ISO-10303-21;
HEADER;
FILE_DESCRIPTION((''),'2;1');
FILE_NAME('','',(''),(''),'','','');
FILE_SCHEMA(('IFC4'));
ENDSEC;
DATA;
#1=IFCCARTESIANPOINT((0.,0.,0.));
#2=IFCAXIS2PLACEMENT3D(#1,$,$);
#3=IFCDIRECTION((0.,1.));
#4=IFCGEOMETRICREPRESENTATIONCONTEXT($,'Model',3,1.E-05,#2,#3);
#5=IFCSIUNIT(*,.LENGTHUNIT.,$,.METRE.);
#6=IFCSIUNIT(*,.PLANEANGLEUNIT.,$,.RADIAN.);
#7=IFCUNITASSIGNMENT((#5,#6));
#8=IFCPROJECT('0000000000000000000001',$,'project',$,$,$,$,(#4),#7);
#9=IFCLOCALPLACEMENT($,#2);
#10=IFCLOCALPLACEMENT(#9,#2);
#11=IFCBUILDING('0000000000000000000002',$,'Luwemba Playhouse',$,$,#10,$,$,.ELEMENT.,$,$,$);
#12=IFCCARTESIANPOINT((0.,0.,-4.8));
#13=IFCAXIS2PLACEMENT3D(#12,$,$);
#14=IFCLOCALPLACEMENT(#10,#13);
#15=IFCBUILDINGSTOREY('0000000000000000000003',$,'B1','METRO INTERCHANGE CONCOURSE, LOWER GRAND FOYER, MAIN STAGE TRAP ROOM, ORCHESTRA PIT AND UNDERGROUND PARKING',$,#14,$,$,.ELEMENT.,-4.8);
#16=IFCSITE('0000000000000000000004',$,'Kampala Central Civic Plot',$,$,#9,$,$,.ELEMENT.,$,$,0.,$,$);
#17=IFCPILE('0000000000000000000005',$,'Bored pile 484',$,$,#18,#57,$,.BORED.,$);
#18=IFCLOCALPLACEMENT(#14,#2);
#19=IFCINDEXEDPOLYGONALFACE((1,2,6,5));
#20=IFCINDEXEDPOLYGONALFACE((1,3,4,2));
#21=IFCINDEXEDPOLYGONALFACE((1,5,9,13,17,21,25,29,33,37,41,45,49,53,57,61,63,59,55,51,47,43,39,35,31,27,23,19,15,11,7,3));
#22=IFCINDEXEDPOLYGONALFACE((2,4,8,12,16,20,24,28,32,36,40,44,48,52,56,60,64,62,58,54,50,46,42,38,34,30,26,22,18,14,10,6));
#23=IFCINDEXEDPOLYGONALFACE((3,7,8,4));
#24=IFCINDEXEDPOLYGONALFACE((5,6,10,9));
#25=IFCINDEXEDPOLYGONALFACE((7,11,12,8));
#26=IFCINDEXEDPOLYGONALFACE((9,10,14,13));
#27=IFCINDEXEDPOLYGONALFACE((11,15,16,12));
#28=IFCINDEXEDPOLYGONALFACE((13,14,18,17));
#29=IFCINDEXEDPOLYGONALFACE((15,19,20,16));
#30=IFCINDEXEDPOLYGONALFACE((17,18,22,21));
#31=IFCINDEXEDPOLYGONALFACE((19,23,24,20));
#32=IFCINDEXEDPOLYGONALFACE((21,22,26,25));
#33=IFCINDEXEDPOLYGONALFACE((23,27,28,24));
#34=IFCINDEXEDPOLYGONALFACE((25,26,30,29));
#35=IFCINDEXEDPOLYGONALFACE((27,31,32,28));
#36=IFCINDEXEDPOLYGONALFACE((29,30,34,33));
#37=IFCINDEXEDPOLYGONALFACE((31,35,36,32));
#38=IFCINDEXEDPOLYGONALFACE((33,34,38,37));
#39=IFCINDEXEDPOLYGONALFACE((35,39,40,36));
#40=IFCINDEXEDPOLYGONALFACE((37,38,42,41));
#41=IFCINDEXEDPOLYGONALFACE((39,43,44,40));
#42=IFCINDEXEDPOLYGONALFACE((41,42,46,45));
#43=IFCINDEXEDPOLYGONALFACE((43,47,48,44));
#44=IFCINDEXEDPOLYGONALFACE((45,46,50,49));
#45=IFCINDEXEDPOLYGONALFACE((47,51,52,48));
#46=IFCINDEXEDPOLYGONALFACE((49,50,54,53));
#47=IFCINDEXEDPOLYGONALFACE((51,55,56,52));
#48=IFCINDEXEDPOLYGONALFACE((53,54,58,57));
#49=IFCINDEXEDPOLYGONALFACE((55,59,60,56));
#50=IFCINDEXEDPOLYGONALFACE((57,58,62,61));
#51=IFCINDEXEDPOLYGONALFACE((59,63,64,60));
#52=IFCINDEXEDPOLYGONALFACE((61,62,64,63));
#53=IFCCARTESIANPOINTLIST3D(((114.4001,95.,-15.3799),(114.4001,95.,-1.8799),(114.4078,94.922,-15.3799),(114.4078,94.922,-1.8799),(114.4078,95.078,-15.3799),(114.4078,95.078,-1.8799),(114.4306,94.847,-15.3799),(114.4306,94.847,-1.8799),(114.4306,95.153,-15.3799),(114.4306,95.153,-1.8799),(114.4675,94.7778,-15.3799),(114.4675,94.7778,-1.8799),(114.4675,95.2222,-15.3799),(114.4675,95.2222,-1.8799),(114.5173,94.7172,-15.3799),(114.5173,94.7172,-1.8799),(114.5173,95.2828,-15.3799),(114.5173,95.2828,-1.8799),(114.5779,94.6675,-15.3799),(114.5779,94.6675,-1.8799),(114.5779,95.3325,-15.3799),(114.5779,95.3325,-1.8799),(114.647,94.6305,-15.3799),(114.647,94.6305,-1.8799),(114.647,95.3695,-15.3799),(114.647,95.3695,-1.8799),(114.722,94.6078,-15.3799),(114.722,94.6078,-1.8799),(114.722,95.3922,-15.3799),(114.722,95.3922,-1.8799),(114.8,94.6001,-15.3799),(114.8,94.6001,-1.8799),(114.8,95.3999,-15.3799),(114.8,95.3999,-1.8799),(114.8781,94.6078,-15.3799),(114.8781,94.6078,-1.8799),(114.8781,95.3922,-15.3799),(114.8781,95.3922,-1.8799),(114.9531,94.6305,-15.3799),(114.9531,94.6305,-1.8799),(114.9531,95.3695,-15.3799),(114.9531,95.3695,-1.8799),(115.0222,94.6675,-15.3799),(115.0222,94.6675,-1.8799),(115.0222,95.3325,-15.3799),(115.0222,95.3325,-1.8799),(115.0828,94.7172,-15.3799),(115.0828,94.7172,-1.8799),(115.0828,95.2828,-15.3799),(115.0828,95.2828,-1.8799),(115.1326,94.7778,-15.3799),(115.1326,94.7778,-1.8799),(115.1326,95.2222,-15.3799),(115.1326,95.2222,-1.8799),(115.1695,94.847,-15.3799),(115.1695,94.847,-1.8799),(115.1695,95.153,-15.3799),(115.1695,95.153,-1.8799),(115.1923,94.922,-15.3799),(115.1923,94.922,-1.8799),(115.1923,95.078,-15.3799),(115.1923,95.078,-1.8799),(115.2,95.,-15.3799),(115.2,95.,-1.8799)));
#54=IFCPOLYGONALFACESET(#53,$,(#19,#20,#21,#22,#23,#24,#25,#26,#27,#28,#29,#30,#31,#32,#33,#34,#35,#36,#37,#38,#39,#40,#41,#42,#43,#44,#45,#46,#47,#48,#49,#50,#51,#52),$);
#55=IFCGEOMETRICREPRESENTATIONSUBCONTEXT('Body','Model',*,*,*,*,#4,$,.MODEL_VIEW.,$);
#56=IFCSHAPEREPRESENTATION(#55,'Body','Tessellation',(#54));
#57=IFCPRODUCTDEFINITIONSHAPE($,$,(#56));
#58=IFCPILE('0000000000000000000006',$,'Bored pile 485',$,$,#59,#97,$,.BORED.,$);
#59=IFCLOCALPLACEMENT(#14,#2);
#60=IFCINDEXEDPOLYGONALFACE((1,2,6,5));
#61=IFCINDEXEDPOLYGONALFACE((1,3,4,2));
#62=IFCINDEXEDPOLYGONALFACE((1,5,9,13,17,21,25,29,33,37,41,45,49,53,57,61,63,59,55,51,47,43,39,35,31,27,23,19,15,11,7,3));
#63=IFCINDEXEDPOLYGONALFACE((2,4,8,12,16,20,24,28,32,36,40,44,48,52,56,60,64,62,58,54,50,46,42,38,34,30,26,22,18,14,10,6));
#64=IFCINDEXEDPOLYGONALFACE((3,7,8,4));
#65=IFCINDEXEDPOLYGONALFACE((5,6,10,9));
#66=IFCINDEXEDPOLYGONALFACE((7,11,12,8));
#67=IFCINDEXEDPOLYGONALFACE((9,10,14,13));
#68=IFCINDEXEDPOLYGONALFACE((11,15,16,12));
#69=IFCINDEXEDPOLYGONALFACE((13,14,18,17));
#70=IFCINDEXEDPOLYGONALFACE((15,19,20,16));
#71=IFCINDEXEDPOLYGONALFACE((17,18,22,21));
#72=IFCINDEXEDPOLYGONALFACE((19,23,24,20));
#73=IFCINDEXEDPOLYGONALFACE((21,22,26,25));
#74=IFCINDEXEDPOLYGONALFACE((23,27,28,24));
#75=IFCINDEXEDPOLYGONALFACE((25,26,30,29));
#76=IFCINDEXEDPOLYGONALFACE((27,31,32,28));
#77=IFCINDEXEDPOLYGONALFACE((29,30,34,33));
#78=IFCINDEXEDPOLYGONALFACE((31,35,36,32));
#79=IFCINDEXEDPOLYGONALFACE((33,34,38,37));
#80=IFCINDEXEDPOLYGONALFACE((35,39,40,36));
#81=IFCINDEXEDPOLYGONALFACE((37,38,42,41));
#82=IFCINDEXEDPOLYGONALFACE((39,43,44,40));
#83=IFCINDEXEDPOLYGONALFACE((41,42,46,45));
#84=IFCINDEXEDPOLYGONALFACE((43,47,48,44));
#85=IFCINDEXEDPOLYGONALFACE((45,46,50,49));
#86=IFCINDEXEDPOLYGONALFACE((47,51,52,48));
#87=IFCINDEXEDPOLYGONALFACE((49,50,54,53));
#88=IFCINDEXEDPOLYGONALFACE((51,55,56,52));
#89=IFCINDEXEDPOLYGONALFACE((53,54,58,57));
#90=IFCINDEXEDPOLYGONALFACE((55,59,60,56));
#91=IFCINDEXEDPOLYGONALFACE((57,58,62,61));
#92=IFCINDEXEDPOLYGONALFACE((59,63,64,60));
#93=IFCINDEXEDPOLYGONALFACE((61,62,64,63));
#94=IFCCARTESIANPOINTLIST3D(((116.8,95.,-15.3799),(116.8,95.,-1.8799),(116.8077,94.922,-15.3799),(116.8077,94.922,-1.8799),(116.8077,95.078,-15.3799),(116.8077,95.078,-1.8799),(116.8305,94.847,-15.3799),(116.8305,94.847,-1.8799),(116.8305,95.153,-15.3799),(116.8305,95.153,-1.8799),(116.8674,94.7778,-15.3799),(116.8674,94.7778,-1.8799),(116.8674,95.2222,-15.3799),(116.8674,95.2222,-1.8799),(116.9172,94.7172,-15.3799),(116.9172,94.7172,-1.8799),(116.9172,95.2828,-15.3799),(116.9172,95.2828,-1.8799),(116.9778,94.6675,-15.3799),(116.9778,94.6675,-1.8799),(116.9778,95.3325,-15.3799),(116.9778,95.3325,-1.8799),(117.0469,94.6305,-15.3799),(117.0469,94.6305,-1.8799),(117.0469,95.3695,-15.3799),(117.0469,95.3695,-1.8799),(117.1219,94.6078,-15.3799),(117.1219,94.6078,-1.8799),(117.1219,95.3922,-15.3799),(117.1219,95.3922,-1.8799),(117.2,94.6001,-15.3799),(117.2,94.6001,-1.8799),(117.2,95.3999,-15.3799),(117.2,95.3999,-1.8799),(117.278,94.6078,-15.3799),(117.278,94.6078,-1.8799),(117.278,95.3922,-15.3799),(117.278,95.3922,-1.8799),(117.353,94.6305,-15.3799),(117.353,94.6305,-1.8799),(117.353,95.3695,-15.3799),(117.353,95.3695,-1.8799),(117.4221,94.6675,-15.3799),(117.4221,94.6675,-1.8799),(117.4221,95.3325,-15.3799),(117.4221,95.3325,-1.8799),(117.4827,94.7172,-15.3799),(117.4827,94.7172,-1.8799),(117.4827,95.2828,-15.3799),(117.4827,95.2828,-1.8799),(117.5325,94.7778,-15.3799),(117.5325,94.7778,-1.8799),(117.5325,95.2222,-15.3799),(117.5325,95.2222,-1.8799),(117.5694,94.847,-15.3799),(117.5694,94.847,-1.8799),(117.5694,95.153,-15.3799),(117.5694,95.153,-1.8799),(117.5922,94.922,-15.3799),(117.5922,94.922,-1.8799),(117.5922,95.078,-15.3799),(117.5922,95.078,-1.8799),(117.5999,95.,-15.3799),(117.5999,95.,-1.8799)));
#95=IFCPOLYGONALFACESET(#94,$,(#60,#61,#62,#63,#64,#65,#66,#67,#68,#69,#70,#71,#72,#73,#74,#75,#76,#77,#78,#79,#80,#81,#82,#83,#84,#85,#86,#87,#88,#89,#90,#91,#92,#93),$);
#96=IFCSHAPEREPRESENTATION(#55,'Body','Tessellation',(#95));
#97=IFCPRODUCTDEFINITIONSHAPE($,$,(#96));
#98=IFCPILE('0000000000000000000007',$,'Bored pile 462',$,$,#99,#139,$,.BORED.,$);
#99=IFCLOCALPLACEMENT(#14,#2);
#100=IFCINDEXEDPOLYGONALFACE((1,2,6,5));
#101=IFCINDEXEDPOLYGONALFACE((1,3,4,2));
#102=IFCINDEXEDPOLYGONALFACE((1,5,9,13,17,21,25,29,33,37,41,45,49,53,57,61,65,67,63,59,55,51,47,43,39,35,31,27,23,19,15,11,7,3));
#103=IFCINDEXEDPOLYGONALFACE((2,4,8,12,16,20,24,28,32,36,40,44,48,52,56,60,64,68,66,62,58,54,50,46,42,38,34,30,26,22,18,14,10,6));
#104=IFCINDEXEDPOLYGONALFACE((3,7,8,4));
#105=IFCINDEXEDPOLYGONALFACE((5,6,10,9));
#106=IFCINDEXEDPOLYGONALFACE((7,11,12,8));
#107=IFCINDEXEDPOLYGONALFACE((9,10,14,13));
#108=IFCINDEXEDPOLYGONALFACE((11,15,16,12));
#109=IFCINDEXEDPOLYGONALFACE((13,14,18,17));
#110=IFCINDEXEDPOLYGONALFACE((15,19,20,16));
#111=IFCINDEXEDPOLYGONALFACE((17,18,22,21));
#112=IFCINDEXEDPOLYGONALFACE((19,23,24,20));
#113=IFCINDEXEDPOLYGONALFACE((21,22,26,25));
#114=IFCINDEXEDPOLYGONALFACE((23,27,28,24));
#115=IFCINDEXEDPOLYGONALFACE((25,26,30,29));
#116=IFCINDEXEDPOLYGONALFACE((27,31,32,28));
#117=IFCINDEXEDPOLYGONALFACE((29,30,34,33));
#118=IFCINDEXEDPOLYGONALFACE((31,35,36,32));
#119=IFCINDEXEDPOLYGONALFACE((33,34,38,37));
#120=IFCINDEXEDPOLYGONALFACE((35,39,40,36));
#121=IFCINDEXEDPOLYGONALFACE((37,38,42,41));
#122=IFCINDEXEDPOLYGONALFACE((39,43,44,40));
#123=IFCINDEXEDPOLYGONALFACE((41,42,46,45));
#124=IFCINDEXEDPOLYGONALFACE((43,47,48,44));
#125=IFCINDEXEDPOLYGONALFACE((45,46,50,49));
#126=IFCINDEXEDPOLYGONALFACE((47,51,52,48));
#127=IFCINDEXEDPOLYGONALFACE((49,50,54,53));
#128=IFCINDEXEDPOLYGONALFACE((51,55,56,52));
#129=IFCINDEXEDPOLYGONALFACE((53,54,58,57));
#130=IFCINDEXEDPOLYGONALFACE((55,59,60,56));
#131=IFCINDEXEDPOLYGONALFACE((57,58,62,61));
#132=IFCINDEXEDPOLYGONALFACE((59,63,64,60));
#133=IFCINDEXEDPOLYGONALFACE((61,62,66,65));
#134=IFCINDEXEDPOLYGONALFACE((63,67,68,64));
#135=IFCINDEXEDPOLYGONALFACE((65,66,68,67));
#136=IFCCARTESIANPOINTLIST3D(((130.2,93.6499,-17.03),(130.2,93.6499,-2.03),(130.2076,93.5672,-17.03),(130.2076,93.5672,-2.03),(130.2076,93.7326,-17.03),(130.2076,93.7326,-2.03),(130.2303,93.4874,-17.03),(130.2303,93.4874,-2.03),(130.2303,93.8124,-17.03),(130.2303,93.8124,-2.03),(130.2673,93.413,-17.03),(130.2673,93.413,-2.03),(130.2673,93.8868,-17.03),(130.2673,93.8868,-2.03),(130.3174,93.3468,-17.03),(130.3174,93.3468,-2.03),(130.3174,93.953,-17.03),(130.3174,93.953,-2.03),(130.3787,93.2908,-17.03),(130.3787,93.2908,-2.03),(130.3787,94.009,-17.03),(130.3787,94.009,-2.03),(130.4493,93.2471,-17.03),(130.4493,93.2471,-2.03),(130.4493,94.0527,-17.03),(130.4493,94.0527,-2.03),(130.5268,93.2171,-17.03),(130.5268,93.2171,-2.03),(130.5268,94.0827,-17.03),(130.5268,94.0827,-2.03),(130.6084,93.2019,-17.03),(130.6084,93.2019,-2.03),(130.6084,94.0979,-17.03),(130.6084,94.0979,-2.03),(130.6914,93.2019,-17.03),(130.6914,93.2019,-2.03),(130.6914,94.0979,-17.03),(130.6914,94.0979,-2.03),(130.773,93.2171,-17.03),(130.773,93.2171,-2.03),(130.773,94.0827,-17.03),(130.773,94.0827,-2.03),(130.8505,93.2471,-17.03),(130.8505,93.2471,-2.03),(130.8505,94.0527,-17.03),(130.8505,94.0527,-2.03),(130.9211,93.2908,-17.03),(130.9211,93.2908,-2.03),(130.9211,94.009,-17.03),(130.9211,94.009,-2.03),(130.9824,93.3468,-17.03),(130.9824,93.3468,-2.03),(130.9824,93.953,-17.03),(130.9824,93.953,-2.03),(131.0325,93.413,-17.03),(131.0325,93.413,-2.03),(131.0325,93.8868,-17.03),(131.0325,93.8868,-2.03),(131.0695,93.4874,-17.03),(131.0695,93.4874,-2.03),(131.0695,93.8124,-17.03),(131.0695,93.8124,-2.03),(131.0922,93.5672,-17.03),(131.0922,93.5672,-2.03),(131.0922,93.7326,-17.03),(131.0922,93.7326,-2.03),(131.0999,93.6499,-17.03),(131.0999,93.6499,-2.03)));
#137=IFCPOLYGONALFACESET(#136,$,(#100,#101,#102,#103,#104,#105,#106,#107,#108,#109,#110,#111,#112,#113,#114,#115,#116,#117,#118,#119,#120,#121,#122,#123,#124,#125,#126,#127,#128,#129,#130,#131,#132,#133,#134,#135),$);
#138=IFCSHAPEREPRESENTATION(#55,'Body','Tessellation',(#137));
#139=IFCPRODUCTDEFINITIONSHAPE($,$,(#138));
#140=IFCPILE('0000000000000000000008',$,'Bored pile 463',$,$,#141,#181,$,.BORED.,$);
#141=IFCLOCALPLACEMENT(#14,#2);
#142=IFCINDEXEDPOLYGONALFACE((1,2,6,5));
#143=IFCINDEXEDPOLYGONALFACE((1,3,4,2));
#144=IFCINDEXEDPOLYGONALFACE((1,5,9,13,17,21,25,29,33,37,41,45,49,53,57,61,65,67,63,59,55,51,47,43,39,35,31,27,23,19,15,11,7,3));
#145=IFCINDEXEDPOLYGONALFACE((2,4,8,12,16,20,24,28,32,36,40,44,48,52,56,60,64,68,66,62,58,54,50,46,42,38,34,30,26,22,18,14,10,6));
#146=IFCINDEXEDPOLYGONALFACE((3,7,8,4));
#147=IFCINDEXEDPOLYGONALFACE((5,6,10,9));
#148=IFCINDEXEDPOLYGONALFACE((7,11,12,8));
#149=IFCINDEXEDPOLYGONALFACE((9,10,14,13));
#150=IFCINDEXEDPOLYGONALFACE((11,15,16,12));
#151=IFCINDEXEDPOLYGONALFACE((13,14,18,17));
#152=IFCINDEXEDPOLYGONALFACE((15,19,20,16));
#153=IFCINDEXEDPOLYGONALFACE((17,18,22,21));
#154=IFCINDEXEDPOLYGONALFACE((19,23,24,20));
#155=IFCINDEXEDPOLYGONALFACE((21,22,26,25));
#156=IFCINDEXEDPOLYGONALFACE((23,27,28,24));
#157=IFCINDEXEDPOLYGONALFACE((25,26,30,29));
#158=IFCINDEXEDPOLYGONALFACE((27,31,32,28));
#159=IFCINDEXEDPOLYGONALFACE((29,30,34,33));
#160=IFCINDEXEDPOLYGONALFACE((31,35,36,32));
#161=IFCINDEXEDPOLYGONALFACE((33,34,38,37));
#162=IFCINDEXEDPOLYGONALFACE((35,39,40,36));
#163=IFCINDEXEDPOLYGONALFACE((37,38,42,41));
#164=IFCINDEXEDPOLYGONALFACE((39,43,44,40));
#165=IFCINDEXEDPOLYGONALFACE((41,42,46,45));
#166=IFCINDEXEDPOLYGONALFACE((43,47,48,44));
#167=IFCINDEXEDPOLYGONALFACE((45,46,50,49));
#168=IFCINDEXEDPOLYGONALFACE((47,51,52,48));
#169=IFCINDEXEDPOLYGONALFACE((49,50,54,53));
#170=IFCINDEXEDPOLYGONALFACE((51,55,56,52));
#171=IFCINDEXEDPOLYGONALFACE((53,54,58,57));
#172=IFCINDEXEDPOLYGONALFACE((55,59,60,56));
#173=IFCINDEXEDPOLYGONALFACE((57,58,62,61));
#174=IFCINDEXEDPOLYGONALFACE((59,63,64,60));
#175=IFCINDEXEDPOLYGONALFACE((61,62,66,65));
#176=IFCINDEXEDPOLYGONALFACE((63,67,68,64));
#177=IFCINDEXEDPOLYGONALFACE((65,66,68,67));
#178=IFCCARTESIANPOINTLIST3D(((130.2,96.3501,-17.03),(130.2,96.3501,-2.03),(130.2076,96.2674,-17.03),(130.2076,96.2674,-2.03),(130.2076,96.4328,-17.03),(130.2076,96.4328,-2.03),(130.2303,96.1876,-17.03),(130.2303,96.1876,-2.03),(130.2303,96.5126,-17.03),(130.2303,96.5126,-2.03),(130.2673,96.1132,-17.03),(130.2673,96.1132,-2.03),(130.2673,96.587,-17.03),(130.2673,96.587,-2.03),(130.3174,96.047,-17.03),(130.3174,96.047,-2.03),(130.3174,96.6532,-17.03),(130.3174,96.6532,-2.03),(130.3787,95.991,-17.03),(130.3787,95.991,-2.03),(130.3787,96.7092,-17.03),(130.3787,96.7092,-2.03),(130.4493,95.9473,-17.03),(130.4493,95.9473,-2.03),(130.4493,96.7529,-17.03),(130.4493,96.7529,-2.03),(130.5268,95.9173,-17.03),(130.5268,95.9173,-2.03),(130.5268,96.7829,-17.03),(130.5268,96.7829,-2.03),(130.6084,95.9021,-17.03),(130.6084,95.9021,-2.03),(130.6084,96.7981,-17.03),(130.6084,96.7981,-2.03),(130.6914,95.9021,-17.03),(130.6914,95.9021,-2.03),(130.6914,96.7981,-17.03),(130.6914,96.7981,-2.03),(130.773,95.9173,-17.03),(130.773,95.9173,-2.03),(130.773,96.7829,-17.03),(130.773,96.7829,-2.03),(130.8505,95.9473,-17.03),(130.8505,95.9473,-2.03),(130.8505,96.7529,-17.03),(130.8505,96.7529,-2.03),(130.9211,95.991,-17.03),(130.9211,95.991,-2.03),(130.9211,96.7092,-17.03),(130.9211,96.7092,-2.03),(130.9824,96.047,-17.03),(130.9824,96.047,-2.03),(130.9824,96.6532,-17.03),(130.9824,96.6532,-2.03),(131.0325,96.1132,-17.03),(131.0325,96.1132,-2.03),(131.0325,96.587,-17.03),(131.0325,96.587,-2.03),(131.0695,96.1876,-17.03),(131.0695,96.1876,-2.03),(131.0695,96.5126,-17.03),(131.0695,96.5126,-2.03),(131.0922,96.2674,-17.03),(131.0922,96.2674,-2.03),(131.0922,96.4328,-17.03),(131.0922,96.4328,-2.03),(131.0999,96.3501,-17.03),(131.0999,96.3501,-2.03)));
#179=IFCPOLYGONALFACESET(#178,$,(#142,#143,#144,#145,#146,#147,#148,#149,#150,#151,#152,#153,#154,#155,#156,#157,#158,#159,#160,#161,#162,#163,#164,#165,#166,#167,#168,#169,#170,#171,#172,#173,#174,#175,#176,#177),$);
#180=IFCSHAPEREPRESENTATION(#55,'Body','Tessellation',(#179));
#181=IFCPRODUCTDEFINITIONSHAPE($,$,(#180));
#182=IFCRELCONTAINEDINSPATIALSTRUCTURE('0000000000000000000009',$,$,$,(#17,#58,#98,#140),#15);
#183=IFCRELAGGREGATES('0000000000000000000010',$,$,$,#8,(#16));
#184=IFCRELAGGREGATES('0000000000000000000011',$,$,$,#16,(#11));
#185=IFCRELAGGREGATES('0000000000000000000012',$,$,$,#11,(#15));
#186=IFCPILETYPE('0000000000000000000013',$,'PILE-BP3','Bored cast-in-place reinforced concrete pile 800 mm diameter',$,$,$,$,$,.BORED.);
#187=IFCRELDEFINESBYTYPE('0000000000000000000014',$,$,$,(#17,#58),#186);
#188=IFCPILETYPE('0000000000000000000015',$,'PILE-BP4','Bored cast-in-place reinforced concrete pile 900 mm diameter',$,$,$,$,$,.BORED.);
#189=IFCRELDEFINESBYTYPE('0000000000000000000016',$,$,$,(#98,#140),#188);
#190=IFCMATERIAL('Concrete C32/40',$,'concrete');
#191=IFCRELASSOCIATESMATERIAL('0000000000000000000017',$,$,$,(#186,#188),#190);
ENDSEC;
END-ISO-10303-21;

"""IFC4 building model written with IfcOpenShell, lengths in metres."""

from ifc_helpers import new_model, si_unit, direction, frame, origin, origin_2d, place, context, subcontext, project, spatial, circle, extrude, material, material_profile, profile_set, type_object, element, save


model = new_model("IFC4")

# Units and contexts
model_context = context("Model", 3, precision=1e-05, world=origin(), true_north=direction((0.0, 1.0)))
body_context = subcontext(model_context, "Body", "Model", "MODEL_VIEW")
ifc_project = project(units=[si_unit("LENGTHUNIT", "METRE"), si_unit("PLANEANGLEUNIT", "RADIAN")], contexts=[model_context])

# Site, building, storey
site_placement = place(None, origin())
site = spatial("IfcSite", under=ifc_project, at=site_placement, Name="Kampala Central Civic Plot", CompositionType="ELEMENT", RefElevation=0.0)
building_placement = place(site_placement, origin())
building = spatial("IfcBuilding", under=site, at=building_placement, Name="Luwemba Playhouse", CompositionType="ELEMENT")
storey_placement = place(building_placement, frame((0.0, 0.0, -4.8)))
storey = spatial("IfcBuildingStorey", under=building, at=storey_placement, Name="B1", Description="METRO INTERCHANGE CONCOURSE, LOWER GRAND FOYER, MAIN STAGE TRAP ROOM, ORCHESTRA PIT AND UNDERGROUND PARKING", CompositionType="ELEMENT", Elevation=-4.8)

# Shared definitions
ifc_material_1 = material(Name="Concrete C32/40", Category="concrete")

# Piles
ifc_material_profile_1 = material_profile(ifc_material_1, circle(Radius=0.3999, at=origin_2d()))
ifc_profile_set_1 = profile_set([ifc_material_profile_1], Name="Concrete C32/40")
pile_type_1 = type_object("IfcPileType", Name="PILE-BP3", Description="Bored cast-in-place reinforced concrete pile 800 mm diameter", PredefinedType="BORED", material=ifc_profile_set_1)
for number, where, z_axis, x_axis, name in (
    (1, (114.8, 95.0, -1.8799), (0.0, 0.0, -1.0), (1.0, 0.0, 0.0), "Bored pile 484"),
    (2, (117.2, 95.0, -1.8799), (0.0, 0.0, -1.0), (1.0, 0.0, 0.0), "Bored pile 485"),
):
    element("IfcPile", number, at=place(storey_placement, frame(where, z_axis=z_axis, x_axis=x_axis)), inside=storey, type_object=pile_type_1, Name=name, PredefinedType="BORED", context=body_context, shape_type="SweptSolid", body=[
        extrude(circle(Radius=0.3999, at=origin_2d()), origin(), (0.0, 0.0, 1.0), 13.5),
    ])
ifc_material_profile_2 = material_profile(ifc_material_1, circle(Radius=0.45, at=origin_2d()))
ifc_profile_set_2 = profile_set([ifc_material_profile_2], Name="Concrete C32/40")
pile_type_2 = type_object("IfcPileType", Name="PILE-BP4", Description="Bored cast-in-place reinforced concrete pile 900 mm diameter", PredefinedType="BORED", material=ifc_profile_set_2)
for number, where, z_axis, x_axis, name in (
    (3, (130.6499, 93.6499, -2.03), (0.0, 0.0, -1.0), (1.0, 0.0, 0.0), "Bored pile 462"),
    (4, (130.6499, 96.3501, -2.03), (0.0, 0.0, -1.0), (1.0, 0.0, 0.0), "Bored pile 463"),
):
    element("IfcPile", number, at=place(storey_placement, frame(where, z_axis=z_axis, x_axis=x_axis)), inside=storey, type_object=pile_type_2, Name=name, PredefinedType="BORED", context=body_context, shape_type="SweptSolid", body=[
        extrude(circle(Radius=0.45, at=origin_2d()), origin(), (0.0, 0.0, 1.0), 15.0),
    ])

save(model, "model.ifc")
